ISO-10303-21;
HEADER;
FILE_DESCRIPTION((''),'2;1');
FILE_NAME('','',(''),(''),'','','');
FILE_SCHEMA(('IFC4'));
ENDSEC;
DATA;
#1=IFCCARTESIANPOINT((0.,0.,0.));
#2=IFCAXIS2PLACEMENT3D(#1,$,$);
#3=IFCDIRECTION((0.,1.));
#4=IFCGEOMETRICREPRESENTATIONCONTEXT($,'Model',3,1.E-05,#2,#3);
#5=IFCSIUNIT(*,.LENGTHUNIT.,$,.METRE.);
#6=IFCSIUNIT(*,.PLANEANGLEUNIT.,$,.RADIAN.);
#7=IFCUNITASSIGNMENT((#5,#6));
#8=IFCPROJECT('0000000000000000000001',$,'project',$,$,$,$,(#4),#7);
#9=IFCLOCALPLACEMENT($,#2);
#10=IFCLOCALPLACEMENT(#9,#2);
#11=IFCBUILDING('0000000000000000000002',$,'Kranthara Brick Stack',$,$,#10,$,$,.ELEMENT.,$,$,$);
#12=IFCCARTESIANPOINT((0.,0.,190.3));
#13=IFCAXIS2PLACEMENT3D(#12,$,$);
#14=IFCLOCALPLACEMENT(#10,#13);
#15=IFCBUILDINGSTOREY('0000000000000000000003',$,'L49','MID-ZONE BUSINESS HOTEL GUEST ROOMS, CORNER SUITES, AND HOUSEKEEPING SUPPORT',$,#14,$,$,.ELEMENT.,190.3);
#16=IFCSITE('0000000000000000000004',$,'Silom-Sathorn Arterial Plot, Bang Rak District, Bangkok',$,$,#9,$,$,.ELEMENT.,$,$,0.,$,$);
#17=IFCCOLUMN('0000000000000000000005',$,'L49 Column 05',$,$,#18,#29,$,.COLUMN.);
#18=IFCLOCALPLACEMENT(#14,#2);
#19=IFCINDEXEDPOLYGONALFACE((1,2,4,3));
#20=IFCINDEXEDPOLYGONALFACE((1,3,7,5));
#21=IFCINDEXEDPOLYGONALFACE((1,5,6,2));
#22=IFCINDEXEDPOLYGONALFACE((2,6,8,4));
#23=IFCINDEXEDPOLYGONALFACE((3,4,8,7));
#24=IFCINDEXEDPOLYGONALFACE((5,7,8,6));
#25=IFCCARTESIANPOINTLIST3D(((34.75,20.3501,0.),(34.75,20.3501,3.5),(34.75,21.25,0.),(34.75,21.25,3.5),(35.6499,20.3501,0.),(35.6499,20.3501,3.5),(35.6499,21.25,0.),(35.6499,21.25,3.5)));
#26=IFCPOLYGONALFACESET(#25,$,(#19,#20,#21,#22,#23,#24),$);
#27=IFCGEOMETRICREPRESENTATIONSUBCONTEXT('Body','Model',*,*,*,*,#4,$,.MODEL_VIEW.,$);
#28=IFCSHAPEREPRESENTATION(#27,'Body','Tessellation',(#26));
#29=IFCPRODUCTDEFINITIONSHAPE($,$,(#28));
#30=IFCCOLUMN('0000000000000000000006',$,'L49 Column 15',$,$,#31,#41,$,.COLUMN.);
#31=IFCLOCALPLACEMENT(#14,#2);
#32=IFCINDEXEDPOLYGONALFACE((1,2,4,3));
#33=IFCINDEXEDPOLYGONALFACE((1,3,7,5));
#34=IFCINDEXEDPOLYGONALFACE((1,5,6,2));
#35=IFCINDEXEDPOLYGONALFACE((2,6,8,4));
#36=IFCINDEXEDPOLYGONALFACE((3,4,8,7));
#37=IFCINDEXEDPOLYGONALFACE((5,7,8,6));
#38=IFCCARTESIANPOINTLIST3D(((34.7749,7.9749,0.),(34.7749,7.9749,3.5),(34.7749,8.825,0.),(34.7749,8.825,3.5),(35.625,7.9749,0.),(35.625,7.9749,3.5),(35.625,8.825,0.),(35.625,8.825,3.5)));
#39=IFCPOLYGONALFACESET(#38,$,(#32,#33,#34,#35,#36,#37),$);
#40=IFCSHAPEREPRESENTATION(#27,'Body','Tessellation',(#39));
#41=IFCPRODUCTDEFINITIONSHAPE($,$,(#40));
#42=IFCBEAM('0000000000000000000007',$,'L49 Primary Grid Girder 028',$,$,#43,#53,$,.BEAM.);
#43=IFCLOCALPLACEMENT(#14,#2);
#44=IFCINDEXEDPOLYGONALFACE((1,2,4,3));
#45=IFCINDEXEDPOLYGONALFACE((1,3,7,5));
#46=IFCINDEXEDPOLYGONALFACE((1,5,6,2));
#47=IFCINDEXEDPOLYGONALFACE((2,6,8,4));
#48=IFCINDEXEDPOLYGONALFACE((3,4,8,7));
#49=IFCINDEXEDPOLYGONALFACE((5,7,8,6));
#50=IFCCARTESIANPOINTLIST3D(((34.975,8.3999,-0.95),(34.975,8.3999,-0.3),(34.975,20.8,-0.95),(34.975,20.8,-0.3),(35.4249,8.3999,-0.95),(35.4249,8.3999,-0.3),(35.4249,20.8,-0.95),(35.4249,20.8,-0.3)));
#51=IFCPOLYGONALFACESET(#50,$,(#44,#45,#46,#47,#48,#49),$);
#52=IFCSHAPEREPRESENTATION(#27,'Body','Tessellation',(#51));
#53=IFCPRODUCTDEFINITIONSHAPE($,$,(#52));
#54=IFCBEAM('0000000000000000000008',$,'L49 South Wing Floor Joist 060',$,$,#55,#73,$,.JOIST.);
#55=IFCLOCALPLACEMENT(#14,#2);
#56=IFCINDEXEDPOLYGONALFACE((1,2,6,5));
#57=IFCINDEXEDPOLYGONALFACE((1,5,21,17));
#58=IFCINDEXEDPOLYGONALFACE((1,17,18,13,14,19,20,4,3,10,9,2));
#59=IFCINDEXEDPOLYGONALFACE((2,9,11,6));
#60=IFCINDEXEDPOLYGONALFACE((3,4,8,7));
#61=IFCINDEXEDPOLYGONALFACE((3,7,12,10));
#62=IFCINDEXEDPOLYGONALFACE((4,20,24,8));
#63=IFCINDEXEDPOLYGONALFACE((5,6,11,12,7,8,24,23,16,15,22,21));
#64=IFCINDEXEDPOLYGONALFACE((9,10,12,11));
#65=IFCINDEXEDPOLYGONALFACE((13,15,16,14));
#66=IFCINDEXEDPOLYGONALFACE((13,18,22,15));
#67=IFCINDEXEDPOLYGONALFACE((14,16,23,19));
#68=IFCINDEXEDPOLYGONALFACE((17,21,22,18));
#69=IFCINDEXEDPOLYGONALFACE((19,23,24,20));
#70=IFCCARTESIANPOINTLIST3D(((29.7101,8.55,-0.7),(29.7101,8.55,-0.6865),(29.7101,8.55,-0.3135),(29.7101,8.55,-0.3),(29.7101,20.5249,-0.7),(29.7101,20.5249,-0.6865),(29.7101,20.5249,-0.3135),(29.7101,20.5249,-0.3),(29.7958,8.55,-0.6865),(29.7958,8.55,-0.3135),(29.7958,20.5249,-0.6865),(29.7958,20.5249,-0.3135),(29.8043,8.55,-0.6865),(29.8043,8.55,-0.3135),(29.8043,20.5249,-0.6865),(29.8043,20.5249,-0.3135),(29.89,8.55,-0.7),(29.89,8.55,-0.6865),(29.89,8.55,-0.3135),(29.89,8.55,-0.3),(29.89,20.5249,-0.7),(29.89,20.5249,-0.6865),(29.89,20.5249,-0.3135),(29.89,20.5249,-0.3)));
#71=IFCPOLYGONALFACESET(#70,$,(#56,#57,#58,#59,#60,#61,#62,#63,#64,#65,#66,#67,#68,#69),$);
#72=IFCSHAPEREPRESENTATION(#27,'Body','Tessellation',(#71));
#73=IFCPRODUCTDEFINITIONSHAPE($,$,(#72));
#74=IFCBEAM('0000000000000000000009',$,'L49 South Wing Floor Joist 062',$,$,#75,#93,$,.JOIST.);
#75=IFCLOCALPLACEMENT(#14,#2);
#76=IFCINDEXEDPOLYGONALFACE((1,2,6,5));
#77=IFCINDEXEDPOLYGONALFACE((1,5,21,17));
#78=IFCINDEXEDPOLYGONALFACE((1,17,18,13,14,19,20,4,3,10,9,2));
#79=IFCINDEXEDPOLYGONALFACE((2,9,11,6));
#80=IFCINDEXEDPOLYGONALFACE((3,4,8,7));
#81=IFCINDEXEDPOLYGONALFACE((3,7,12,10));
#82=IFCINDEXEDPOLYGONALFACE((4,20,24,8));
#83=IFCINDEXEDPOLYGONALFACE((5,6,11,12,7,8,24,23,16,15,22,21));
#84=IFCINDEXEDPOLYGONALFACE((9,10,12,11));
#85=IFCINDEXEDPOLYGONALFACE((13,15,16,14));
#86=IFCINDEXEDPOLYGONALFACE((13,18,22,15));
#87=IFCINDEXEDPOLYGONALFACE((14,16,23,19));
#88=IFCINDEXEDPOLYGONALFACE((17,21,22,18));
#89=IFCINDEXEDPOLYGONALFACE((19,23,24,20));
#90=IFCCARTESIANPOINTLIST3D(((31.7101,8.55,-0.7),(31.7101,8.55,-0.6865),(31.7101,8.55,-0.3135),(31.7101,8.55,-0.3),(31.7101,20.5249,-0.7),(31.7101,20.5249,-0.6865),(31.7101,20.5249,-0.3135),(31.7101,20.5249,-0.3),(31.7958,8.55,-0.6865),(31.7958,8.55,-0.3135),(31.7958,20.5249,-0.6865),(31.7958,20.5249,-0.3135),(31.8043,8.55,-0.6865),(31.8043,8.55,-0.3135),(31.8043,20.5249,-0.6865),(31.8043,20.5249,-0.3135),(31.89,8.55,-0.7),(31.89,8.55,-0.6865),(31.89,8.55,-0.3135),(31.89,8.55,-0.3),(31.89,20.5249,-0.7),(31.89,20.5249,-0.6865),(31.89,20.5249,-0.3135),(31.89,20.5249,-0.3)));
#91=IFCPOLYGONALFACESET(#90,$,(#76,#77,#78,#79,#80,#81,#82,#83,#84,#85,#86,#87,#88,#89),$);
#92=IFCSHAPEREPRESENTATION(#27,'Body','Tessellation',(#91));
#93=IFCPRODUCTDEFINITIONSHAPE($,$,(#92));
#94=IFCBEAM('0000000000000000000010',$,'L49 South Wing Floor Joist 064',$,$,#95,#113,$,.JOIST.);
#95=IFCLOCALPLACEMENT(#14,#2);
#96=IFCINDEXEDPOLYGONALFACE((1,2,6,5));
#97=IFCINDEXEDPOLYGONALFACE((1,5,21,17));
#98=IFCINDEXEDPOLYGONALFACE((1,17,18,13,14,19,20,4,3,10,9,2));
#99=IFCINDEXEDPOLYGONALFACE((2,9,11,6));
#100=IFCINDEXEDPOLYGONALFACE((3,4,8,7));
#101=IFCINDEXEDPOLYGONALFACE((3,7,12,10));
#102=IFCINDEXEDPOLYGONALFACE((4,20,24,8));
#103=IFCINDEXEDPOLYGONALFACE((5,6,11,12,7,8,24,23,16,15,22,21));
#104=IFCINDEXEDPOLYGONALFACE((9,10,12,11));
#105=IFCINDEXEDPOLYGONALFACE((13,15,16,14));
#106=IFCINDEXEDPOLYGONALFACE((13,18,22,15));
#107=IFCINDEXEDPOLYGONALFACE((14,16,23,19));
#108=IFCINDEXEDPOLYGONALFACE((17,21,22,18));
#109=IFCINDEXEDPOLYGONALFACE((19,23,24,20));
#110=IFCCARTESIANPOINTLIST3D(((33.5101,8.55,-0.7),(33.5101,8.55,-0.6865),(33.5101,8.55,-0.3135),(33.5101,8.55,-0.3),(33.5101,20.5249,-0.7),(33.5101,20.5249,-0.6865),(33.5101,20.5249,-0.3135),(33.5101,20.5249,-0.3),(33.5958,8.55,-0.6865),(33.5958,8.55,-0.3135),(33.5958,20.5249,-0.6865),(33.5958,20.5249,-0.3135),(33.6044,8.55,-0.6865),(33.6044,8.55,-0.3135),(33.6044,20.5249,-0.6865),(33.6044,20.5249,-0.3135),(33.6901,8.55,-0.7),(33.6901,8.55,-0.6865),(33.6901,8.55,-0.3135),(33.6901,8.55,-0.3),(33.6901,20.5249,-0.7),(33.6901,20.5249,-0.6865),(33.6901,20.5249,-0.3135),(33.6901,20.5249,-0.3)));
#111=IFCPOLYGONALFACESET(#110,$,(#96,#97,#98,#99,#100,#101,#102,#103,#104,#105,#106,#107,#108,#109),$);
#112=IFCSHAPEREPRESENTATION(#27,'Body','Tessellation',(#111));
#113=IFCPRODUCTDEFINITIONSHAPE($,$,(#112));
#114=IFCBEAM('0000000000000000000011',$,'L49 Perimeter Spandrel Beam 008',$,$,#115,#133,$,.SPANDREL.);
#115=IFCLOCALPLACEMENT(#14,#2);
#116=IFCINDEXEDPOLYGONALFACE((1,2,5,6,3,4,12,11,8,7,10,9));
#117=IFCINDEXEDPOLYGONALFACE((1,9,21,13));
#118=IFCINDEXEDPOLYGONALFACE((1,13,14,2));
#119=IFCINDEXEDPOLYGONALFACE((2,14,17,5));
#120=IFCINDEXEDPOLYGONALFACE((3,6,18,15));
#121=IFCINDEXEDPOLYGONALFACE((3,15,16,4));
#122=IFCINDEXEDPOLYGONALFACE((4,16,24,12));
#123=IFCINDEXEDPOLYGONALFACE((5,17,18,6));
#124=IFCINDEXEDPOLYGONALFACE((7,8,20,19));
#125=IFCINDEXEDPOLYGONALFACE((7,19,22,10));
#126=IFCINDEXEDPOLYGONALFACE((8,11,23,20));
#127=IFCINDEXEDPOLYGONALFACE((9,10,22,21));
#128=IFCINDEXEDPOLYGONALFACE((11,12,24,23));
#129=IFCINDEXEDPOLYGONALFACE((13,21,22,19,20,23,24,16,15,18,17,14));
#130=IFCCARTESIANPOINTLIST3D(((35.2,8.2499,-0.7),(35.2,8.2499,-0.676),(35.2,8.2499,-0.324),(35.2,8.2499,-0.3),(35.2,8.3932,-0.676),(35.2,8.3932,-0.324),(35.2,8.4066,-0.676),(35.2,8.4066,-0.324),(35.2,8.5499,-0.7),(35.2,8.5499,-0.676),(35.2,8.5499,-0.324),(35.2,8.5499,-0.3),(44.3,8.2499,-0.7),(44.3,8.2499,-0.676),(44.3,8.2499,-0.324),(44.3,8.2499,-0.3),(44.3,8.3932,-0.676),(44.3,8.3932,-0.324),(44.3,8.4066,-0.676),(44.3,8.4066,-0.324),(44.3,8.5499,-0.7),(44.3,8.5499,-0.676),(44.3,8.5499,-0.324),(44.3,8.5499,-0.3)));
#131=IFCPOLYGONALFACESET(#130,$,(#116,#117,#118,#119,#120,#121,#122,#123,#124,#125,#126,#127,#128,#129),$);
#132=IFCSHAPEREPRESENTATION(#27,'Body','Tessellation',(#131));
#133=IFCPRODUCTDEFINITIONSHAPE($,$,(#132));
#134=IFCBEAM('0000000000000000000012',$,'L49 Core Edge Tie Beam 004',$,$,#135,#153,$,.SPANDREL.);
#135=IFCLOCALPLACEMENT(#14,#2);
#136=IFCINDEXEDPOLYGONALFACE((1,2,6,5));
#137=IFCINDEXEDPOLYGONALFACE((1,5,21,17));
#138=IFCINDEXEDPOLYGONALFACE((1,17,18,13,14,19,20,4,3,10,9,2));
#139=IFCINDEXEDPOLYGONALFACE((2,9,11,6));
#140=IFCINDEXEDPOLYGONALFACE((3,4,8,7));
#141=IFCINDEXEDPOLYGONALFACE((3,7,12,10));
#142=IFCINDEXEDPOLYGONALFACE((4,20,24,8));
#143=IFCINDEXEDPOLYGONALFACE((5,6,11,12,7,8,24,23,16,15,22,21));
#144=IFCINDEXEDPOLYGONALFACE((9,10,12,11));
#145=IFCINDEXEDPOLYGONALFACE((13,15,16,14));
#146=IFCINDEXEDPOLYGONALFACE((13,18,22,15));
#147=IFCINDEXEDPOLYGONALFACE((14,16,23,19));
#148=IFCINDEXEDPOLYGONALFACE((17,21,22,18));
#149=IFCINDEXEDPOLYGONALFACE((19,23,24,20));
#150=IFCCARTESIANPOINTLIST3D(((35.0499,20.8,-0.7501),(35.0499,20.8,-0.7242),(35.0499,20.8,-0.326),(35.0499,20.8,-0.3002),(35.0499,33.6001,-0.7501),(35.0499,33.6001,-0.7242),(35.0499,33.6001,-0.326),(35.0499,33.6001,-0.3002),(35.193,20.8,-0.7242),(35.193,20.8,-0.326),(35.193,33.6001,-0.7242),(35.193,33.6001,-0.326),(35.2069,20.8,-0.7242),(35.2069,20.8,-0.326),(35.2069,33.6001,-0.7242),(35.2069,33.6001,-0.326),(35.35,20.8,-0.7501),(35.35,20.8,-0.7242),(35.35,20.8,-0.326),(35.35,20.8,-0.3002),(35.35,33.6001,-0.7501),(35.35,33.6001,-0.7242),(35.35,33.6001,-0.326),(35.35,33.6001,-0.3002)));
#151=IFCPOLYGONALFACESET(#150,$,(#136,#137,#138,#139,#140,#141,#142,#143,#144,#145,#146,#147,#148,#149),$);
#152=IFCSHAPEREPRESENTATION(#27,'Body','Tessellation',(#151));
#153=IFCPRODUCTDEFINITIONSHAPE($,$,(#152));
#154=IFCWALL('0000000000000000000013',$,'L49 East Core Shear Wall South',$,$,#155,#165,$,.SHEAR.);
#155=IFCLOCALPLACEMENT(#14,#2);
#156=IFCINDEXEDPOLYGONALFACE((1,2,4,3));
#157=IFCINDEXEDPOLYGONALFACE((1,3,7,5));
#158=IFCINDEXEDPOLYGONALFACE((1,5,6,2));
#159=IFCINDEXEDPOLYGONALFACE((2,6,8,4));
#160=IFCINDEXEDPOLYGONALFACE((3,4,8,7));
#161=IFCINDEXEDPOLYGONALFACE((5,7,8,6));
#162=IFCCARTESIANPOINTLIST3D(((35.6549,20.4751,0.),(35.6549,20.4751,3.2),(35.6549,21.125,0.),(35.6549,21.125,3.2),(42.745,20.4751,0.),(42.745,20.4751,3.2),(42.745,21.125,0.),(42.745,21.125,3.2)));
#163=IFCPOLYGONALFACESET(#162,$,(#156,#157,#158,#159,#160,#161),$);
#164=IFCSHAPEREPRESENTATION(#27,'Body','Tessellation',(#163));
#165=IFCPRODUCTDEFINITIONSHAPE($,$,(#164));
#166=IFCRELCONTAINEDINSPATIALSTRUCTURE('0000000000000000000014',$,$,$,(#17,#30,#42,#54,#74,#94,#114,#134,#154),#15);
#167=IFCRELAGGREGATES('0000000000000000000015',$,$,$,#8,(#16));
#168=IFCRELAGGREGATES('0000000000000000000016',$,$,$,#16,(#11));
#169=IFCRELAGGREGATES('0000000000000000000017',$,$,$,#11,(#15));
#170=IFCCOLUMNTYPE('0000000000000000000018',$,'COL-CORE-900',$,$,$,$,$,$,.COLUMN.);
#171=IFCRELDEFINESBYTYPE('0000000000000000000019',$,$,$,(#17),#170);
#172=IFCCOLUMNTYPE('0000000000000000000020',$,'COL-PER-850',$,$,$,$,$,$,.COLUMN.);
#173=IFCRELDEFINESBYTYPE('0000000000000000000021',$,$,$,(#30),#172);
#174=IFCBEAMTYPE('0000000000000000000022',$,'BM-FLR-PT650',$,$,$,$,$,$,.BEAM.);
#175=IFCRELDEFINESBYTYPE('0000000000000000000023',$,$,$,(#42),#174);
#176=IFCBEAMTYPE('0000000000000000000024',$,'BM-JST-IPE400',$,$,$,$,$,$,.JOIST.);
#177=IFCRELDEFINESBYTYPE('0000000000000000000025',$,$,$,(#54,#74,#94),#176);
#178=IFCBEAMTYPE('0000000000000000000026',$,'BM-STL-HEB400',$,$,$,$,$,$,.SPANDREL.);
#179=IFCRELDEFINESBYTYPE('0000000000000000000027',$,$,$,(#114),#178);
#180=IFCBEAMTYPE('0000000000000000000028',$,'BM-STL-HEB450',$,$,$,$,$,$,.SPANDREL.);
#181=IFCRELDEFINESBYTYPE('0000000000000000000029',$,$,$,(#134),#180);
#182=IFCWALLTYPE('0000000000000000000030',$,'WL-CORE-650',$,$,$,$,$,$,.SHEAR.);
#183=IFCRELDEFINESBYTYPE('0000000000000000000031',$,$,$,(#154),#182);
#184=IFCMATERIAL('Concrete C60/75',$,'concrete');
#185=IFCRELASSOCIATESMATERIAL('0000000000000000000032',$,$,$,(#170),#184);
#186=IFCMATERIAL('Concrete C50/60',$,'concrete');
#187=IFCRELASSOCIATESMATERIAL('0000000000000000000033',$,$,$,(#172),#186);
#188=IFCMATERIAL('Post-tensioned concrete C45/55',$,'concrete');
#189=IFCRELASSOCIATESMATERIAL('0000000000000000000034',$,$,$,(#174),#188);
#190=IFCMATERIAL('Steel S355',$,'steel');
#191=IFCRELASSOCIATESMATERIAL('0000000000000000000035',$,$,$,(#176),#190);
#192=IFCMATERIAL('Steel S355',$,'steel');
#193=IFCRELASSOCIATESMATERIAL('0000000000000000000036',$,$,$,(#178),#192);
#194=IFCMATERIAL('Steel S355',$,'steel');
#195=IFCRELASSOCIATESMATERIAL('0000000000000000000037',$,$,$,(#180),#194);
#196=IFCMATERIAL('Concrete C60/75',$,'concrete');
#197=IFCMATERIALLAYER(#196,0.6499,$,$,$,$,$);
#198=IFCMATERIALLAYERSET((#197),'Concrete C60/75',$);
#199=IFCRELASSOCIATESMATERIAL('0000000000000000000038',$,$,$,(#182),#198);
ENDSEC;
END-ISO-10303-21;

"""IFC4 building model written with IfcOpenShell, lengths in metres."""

from ifc_helpers import new_model, si_unit, direction, frame, frame_2d, origin, origin_2d, place, context, subcontext, project, spatial, rectangle, i_section, extrude, material, layer, layer_set, material_profile, profile_set, type_object, element, save


model = new_model("IFC4")

# Units and contexts
model_context = context("Model", 3, precision=1e-05, world=origin(), true_north=direction((0.0, 1.0)))
body_context = subcontext(model_context, "Body", "Model", "MODEL_VIEW")
ifc_project = project(units=[si_unit("LENGTHUNIT", "METRE"), si_unit("PLANEANGLEUNIT", "RADIAN")], contexts=[model_context])

# Site, building, storey
site_placement = place(None, origin())
site = spatial("IfcSite", under=ifc_project, at=site_placement, Name="Silom-Sathorn Arterial Plot, Bang Rak District, Bangkok", CompositionType="ELEMENT", RefElevation=0.0)
building_placement = place(site_placement, origin())
building = spatial("IfcBuilding", under=site, at=building_placement, Name="Kranthara Brick Stack", CompositionType="ELEMENT")
storey_placement = place(building_placement, frame((0.0, 0.0, 190.3)))
storey = spatial("IfcBuildingStorey", under=building, at=storey_placement, Name="L49", Description="MID-ZONE BUSINESS HOTEL GUEST ROOMS, CORNER SUITES, AND HOUSEKEEPING SUPPORT", CompositionType="ELEMENT", Elevation=190.3)

# Columns
ifc_material_1 = material(Name="Concrete C60/75", Category="concrete")
ifc_material_profile_1 = material_profile(ifc_material_1, rectangle(XDim=0.8999, YDim=0.8999, at=origin_2d()), Name="RC 900x900")
ifc_profile_set_1 = profile_set([ifc_material_profile_1], Name="Concrete C60/75")
column_type_1 = type_object("IfcColumnType", Name="COL-CORE-900", PredefinedType="COLUMN", material=ifc_profile_set_1)
column_1_placement = place(storey_placement, frame((35.2, 20.8, 0.0), z_axis=(0.0, 0.0, 1.0), x_axis=(1.0, 0.0, 0.0)))
element("IfcColumn", 1, at=column_1_placement, inside=storey, type_object=column_type_1, Name="L49 Column 05", PredefinedType="COLUMN", context=body_context, shape_type="SweptSolid", body=[
    extrude(rectangle(XDim=0.8999, YDim=0.8999, at=origin_2d()), origin(), (0.0, 0.0, 1.0), 3.5),
])
ifc_material_2 = material(Name="Concrete C50/60", Category="concrete")
ifc_material_profile_2 = material_profile(ifc_material_2, rectangle(XDim=0.8501, YDim=0.8501, at=origin_2d()), Name="RC 850x850")
ifc_profile_set_2 = profile_set([ifc_material_profile_2], Name="Concrete C50/60")
column_type_2 = type_object("IfcColumnType", Name="COL-PER-850", PredefinedType="COLUMN", material=ifc_profile_set_2)
column_2_placement = place(storey_placement, frame((35.2, 8.3999, 0.0), z_axis=(0.0, 0.0, 1.0), x_axis=(1.0, 0.0, 0.0)))
element("IfcColumn", 2, at=column_2_placement, inside=storey, type_object=column_type_2, Name="L49 Column 15", PredefinedType="COLUMN", context=body_context, shape_type="SweptSolid", body=[
    extrude(rectangle(XDim=0.8501, YDim=0.8501, at=origin_2d()), origin(), (0.0, 0.0, 1.0), 3.5),
])

# Beams
ifc_material_3 = material(Name="Post-tensioned concrete C45/55", Category="concrete")
ifc_material_profile_3 = material_profile(ifc_material_3, rectangle(XDim=0.45, YDim=0.6499, at=origin_2d()), Name="PT 450x650")
ifc_profile_set_3 = profile_set([ifc_material_profile_3], Name="Post-tensioned concrete C45/55")
beam_type_1 = type_object("IfcBeamType", Name="BM-FLR-PT650", PredefinedType="BEAM", material=ifc_profile_set_3)
beam_1_placement = place(storey_placement, frame((35.2, 8.3999, -0.625), z_axis=(0.0, 1.0, 0.0), x_axis=(-1.0, 0.0, 0.0)))
element("IfcBeam", 3, at=beam_1_placement, inside=storey, type_object=beam_type_1, Name="L49 Primary Grid Girder 028", PredefinedType="BEAM", context=body_context, shape_type="SweptSolid", body=[
    extrude(rectangle(XDim=0.45, YDim=0.6499, at=origin_2d()), origin(), (0.0, 0.0, 1.0), 12.4001),
])
ifc_material_4 = material(Name="Steel S355", Category="steel")
ifc_material_profile_4 = material_profile(ifc_material_4, i_section(OverallWidth=0.1799, OverallDepth=0.3999, WebThickness=0.0085, FlangeThickness=0.0134, at=origin_2d()), Name="IPE 400")
ifc_profile_set_4 = profile_set([ifc_material_profile_4], Name="Steel S355")
beam_type_2 = type_object("IfcBeamType", Name="BM-JST-IPE400", PredefinedType="JOIST", material=ifc_profile_set_4)
for number, where, z_axis, x_axis, name in (
    (4, (29.8, 8.55, -0.5), (0.0, 1.0, 0.0), (-1.0, 0.0, 0.0), "L49 South Wing Floor Joist 060"),
    (5, (31.8, 8.55, -0.5), (0.0, 1.0, 0.0), (-1.0, 0.0, 0.0), "L49 South Wing Floor Joist 062"),
    (6, (33.6001, 8.55, -0.5), (0.0, 1.0, 0.0), (-1.0, 0.0, 0.0), "L49 South Wing Floor Joist 064"),
):
    element("IfcBeam", number, at=place(storey_placement, frame(where, z_axis=z_axis, x_axis=x_axis)), inside=storey, type_object=beam_type_2, Name=name, PredefinedType="JOIST", context=body_context, shape_type="SweptSolid", body=[
        extrude(i_section(OverallWidth=0.1799, OverallDepth=0.3999, WebThickness=0.0085, FlangeThickness=0.0134, at=origin_2d()), origin(), (0.0, 0.0, 1.0), 11.9749),
    ])
ifc_material_5 = material(Name="Steel S355", Category="steel")
ifc_material_profile_5 = material_profile(ifc_material_5, i_section(OverallWidth=0.3, OverallDepth=0.3999, WebThickness=0.0134, FlangeThickness=0.0239, at=origin_2d()), Name="HEB 400")
ifc_profile_set_5 = profile_set([ifc_material_profile_5], Name="Steel S355")
beam_type_3 = type_object("IfcBeamType", Name="BM-STL-HEB400", PredefinedType="SPANDREL", material=ifc_profile_set_5)
beam_2_placement = place(storey_placement, frame((35.2, 8.3999, -0.5), z_axis=(1.0, 0.0, 0.0), x_axis=(0.0, 1.0, 0.0)))
element("IfcBeam", 7, at=beam_2_placement, inside=storey, type_object=beam_type_3, Name="L49 Perimeter Spandrel Beam 008", PredefinedType="SPANDREL", context=body_context, shape_type="SweptSolid", body=[
    extrude(i_section(OverallWidth=0.3, OverallDepth=0.3999, WebThickness=0.0134, FlangeThickness=0.0239, at=origin_2d()), origin(), (0.0, 0.0, 1.0), 9.1001),
])
ifc_material_6 = material(Name="Steel S355", Category="steel")
ifc_material_profile_6 = material_profile(ifc_material_6, i_section(OverallWidth=0.3, OverallDepth=0.45, WebThickness=0.0139, FlangeThickness=0.0259, at=origin_2d()), Name="HEB 450")
ifc_profile_set_6 = profile_set([ifc_material_profile_6], Name="Steel S355")
beam_type_4 = type_object("IfcBeamType", Name="BM-STL-HEB450", PredefinedType="SPANDREL", material=ifc_profile_set_6)
beam_3_placement = place(storey_placement, frame((35.2, 20.8, -0.5251), z_axis=(0.0, 1.0, 0.0), x_axis=(-1.0, 0.0, 0.0)))
element("IfcBeam", 8, at=beam_3_placement, inside=storey, type_object=beam_type_4, Name="L49 Core Edge Tie Beam 004", PredefinedType="SPANDREL", context=body_context, shape_type="SweptSolid", body=[
    extrude(i_section(OverallWidth=0.3, OverallDepth=0.45, WebThickness=0.0139, FlangeThickness=0.0259, at=origin_2d()), origin(), (0.0, 0.0, 1.0), 12.8),
])

# Wall
ifc_material_7 = material(Name="Concrete C60/75", Category="concrete")
ifc_layer_1 = layer(ifc_material_7, 0.6499)
ifc_layer_set_1 = layer_set([ifc_layer_1], Name="Concrete C60/75")
wall_type_1 = type_object("IfcWallType", Name="WL-CORE-650", PredefinedType="SHEAR", material=ifc_layer_set_1)
wall_1_placement = place(storey_placement, frame((35.655, 20.8, 0.0), z_axis=(0.0, 0.0, 1.0), x_axis=(1.0, 0.0, 0.0)))
element("IfcWall", 9, at=wall_1_placement, inside=storey, type_object=wall_type_1, Name="L49 East Core Shear Wall South", PredefinedType="SHEAR", context=body_context, shape_type="SweptSolid", body=[
    extrude(rectangle(XDim=7.0901, YDim=0.6499, at=frame_2d((3.5449, 0.0))), origin(), (0.0, 0.0, 1.0), 3.2),
])

save(model, "model.ifc")
